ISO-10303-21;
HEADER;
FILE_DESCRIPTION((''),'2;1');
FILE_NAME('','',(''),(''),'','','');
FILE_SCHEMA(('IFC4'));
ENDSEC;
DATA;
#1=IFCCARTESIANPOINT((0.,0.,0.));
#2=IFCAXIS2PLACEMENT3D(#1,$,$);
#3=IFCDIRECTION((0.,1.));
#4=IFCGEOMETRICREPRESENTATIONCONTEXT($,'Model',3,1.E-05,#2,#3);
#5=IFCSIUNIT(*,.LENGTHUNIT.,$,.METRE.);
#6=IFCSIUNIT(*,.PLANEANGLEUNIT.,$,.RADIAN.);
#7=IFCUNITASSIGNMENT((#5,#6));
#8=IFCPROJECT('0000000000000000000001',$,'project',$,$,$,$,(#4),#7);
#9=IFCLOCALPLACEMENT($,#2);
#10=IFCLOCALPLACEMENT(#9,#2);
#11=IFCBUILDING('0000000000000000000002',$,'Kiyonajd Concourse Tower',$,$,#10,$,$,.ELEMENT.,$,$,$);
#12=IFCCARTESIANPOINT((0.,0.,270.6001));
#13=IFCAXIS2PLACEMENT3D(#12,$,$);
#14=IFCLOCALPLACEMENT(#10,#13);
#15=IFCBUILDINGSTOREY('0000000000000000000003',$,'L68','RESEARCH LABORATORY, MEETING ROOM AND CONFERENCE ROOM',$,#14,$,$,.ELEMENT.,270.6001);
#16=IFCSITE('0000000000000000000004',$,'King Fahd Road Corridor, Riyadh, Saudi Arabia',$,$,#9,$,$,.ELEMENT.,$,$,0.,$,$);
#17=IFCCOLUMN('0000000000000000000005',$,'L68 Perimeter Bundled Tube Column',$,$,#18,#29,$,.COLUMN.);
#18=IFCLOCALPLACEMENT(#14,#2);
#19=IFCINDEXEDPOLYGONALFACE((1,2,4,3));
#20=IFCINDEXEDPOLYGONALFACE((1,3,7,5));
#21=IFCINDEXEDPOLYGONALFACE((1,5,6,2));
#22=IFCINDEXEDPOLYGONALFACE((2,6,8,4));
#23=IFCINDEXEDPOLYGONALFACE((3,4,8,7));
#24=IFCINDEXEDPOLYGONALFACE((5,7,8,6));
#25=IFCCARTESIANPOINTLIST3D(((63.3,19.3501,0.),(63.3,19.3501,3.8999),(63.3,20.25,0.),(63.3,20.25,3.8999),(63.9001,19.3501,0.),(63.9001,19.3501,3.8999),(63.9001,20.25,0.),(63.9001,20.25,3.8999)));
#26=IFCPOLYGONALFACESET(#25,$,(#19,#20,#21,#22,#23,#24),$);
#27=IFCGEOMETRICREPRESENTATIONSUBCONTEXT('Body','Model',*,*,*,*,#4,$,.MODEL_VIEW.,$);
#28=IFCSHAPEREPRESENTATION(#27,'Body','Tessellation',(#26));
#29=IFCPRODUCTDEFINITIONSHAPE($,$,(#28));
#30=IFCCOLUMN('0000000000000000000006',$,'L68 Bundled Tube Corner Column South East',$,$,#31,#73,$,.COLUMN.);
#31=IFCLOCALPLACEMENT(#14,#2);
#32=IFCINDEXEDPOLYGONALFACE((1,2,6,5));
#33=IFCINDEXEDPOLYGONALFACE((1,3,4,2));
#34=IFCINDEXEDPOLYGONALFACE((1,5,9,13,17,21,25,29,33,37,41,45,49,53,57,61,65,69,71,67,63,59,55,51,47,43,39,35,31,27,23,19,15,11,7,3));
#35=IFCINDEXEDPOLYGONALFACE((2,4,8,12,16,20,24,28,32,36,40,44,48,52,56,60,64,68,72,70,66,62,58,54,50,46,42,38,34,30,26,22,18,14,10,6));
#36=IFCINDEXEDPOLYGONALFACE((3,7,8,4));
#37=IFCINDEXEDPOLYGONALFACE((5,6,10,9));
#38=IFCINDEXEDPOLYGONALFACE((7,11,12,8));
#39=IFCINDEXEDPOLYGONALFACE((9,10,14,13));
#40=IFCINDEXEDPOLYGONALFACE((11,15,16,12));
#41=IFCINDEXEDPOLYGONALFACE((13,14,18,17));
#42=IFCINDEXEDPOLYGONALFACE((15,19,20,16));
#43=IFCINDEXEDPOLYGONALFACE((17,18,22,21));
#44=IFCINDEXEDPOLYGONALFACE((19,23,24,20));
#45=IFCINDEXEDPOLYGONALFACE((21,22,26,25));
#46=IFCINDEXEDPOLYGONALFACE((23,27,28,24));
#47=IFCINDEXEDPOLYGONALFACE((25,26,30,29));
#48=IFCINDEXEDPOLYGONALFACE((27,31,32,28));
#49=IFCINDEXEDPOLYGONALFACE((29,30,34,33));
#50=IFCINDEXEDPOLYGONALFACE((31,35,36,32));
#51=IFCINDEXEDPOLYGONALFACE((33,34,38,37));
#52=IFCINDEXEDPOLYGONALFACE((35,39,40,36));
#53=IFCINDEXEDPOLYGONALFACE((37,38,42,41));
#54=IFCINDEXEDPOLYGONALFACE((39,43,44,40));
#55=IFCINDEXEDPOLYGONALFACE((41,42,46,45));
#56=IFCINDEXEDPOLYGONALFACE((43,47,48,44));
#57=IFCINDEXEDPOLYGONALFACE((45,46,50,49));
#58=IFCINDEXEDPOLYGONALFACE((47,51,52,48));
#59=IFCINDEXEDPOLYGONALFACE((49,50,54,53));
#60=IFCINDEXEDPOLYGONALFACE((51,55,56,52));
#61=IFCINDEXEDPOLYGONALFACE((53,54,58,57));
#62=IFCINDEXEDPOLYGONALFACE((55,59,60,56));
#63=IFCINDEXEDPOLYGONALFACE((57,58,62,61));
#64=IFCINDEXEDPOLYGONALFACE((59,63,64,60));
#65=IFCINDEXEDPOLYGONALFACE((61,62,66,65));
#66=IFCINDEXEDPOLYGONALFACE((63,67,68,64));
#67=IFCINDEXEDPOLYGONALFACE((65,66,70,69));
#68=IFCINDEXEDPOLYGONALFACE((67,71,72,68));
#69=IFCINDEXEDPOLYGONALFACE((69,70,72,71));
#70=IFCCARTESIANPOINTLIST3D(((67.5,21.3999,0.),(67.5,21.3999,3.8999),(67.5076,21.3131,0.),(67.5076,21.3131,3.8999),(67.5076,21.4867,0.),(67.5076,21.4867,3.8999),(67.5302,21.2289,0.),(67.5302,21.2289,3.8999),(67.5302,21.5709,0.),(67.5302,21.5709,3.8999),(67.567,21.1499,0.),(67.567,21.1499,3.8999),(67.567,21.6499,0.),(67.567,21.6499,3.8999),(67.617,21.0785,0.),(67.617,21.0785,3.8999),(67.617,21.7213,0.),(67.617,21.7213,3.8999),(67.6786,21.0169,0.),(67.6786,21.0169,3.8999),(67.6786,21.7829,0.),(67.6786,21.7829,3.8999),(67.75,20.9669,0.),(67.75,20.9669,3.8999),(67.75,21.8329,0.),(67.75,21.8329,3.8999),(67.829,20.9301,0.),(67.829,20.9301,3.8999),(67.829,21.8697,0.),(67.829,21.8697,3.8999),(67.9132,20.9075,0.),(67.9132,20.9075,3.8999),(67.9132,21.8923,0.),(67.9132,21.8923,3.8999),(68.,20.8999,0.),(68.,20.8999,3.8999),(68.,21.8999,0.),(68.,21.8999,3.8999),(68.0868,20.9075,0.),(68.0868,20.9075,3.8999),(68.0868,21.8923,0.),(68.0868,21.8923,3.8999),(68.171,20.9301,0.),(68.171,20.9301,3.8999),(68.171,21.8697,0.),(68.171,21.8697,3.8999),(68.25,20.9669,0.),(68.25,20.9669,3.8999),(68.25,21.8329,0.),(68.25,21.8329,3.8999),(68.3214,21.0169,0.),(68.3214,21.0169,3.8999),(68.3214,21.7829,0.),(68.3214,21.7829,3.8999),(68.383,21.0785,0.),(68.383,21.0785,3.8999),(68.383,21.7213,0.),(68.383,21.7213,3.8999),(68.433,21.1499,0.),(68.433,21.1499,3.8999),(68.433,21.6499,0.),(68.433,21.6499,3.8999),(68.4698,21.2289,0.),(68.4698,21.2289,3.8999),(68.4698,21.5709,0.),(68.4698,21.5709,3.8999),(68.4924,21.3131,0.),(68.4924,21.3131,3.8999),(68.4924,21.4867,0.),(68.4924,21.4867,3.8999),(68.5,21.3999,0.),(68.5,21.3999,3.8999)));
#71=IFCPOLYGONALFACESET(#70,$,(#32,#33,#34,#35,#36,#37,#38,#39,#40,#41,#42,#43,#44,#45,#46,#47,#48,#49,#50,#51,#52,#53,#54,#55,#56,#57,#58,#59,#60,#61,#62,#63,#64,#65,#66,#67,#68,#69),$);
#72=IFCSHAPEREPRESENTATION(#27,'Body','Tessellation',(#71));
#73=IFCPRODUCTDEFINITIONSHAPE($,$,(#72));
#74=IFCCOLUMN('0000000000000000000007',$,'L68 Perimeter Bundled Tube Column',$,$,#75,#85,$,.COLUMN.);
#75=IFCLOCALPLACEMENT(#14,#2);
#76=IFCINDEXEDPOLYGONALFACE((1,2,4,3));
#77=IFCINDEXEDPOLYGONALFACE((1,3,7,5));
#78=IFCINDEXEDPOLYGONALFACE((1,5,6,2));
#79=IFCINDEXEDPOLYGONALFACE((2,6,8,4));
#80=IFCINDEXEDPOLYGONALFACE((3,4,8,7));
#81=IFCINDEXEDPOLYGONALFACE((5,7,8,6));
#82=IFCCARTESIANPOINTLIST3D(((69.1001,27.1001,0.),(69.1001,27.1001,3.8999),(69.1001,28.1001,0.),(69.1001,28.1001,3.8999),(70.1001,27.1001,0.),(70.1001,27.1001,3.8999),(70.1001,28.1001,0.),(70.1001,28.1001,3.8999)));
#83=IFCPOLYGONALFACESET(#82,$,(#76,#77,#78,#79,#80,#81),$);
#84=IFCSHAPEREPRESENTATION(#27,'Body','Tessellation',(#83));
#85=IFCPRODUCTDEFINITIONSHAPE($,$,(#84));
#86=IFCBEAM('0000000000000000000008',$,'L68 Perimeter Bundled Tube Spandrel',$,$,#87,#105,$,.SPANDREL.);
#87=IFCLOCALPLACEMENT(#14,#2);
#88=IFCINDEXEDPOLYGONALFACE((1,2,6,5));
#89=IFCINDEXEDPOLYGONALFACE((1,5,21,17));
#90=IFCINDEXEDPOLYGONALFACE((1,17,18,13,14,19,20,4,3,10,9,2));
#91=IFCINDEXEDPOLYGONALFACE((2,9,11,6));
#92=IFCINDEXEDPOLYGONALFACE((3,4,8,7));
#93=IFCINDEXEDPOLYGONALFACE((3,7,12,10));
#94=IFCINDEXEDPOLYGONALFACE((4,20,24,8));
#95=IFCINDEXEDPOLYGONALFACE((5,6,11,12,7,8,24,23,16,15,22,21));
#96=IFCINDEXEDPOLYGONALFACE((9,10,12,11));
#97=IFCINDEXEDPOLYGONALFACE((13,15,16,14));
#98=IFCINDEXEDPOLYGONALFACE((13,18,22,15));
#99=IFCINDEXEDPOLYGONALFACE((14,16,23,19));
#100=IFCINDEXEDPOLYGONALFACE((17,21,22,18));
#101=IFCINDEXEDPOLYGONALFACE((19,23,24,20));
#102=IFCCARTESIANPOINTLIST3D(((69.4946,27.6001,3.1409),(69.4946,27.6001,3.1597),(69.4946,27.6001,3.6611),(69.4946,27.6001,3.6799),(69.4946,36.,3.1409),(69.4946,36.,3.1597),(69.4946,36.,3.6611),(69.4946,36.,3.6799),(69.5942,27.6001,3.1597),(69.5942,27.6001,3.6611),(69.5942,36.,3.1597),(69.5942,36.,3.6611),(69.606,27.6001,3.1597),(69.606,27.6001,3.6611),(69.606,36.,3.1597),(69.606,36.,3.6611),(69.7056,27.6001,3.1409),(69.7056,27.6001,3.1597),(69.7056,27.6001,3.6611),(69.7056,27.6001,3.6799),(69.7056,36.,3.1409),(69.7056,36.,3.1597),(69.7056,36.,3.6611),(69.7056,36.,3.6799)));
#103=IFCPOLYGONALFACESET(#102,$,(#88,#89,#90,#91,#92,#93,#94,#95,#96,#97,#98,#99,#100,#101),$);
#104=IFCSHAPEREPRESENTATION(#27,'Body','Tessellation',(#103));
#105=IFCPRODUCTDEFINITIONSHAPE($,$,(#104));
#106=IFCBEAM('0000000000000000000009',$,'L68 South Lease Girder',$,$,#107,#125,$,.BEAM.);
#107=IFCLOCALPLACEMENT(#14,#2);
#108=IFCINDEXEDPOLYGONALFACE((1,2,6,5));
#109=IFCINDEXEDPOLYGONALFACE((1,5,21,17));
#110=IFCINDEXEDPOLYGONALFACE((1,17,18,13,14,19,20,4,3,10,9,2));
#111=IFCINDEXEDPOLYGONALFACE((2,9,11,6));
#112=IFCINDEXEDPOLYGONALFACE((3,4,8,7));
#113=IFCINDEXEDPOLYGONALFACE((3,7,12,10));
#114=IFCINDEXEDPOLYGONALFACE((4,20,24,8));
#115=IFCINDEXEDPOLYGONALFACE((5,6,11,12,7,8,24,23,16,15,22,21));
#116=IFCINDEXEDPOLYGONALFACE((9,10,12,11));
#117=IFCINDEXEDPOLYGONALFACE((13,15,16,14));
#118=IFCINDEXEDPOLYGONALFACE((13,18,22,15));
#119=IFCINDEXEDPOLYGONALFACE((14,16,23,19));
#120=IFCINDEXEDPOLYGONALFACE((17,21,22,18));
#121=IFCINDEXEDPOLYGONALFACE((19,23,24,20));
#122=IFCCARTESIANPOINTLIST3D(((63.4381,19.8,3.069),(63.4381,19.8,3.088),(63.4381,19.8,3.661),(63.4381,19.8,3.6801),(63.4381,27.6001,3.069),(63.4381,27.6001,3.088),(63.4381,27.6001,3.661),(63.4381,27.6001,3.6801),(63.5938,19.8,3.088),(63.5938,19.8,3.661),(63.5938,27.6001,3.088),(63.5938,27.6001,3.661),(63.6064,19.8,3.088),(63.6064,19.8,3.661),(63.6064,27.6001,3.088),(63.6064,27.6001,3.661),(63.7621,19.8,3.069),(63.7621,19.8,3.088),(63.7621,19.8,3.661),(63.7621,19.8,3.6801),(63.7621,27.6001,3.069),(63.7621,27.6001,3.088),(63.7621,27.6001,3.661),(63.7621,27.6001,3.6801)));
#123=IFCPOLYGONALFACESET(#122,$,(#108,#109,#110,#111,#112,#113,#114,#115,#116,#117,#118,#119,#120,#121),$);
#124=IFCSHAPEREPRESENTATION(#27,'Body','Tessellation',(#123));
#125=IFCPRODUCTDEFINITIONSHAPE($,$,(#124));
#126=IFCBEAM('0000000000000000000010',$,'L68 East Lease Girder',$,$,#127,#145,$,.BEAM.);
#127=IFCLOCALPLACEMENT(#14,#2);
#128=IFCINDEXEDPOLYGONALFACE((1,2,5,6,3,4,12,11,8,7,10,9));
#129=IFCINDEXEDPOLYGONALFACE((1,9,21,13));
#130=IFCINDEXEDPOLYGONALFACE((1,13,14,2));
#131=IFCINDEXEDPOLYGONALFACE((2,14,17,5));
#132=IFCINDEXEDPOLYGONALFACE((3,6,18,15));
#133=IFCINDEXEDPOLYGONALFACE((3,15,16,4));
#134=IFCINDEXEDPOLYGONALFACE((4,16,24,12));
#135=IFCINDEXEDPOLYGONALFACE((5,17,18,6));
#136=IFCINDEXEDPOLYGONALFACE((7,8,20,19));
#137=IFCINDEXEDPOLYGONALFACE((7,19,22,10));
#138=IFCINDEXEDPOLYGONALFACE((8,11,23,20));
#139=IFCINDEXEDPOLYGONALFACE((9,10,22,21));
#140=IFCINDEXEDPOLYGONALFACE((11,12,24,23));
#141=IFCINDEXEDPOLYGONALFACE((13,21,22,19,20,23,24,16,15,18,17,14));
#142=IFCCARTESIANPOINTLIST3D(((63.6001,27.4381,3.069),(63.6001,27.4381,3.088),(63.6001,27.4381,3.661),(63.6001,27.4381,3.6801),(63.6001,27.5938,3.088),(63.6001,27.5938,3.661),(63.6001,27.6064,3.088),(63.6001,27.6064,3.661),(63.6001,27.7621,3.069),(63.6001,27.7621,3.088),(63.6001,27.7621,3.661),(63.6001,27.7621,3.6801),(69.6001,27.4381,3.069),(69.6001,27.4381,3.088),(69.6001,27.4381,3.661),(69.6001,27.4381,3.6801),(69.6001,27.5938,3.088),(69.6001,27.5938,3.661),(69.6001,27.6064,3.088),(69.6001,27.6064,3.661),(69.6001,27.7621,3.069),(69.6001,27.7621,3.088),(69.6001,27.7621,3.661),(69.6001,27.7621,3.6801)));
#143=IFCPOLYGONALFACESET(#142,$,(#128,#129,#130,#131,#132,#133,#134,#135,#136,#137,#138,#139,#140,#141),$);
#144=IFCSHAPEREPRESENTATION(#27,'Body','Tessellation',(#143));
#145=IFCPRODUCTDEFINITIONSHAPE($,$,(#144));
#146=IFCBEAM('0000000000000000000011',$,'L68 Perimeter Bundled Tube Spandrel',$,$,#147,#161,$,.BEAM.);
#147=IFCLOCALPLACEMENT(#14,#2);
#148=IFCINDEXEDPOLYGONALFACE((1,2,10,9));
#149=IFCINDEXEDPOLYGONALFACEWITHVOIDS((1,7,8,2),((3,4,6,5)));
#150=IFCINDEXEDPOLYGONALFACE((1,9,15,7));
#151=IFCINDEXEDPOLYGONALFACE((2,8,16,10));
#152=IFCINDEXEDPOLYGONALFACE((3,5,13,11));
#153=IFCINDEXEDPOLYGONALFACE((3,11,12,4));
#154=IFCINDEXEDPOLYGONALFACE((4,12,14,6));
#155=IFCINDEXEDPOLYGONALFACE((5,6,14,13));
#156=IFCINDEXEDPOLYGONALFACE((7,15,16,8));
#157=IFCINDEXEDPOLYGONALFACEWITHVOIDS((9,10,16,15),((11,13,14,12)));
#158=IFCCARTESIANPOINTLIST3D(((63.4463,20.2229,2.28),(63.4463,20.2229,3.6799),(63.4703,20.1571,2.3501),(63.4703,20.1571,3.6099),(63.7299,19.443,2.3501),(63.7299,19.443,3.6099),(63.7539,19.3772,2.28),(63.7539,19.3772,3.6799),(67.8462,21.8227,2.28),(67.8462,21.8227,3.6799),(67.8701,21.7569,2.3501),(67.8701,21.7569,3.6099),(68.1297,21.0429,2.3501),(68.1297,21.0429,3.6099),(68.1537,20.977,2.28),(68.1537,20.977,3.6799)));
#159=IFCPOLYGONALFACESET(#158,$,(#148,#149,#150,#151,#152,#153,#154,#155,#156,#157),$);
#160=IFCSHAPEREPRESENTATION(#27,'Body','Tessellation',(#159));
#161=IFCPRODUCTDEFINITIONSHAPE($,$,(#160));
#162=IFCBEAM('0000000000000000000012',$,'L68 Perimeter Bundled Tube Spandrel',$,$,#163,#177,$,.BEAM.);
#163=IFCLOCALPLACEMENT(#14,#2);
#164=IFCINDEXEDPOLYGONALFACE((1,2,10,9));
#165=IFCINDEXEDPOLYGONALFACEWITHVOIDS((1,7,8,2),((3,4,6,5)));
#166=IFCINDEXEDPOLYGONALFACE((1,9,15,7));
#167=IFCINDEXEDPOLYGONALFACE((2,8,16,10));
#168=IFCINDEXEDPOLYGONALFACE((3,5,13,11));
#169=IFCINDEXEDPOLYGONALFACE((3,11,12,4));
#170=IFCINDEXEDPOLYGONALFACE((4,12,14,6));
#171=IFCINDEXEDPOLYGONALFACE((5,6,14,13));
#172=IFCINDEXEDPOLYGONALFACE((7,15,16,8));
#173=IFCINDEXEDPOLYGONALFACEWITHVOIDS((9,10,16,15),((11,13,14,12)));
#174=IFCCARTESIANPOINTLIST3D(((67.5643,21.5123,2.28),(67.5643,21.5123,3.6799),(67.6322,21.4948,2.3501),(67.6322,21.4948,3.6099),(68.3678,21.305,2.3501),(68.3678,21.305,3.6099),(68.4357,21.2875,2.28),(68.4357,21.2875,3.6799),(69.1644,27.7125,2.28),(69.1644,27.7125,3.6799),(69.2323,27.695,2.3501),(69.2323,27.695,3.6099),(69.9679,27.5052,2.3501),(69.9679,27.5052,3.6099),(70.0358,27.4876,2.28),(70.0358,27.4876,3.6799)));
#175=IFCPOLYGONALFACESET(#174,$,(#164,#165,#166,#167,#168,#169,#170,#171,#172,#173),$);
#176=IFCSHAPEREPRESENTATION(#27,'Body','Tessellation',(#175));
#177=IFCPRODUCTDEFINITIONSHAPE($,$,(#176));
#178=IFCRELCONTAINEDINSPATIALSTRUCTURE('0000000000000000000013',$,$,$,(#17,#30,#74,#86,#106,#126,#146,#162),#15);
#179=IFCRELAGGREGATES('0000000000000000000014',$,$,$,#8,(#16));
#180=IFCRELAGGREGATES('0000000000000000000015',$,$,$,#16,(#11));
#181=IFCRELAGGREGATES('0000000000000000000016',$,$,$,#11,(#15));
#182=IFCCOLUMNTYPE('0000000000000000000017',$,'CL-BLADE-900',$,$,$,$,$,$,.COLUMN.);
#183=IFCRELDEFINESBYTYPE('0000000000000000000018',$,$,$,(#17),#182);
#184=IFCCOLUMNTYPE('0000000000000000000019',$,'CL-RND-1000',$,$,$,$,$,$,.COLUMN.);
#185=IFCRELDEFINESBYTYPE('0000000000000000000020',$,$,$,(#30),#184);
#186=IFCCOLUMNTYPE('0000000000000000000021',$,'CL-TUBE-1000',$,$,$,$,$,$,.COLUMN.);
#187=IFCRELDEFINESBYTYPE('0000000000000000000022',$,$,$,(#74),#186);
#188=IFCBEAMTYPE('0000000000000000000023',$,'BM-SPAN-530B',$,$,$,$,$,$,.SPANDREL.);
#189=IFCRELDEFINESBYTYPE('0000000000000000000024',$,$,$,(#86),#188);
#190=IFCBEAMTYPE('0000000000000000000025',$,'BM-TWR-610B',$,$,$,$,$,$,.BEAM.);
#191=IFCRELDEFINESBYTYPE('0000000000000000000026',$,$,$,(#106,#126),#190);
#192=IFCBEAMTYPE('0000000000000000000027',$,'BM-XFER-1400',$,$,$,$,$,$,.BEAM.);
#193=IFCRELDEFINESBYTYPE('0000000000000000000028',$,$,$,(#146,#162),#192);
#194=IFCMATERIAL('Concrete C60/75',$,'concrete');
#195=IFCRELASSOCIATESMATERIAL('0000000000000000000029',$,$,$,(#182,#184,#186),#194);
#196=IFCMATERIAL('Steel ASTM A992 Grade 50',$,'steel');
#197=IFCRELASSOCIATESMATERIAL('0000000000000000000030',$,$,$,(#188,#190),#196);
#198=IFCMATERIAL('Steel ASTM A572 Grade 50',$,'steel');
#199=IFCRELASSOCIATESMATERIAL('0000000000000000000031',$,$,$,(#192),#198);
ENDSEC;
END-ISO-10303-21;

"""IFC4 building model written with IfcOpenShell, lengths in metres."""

from ifc_helpers import new_model, si_unit, direction, frame, origin, origin_2d, place, context, subcontext, project, spatial, rectangle, hollow_rectangle, circle, i_section, extrude, material, material_profile, profile_set, type_object, element, save


model = new_model("IFC4")

# Units and contexts
model_context = context("Model", 3, precision=1e-05, world=origin(), true_north=direction((0.0, 1.0)))
body_context = subcontext(model_context, "Body", "Model", "MODEL_VIEW")
ifc_project = project(units=[si_unit("LENGTHUNIT", "METRE"), si_unit("PLANEANGLEUNIT", "RADIAN")], contexts=[model_context])

# Site, building, storey
site_placement = place(None, origin())
site = spatial("IfcSite", under=ifc_project, at=site_placement, Name="King Fahd Road Corridor, Riyadh, Saudi Arabia", CompositionType="ELEMENT", RefElevation=0.0)
building_placement = place(site_placement, origin())
building = spatial("IfcBuilding", under=site, at=building_placement, Name="Kiyonajd Concourse Tower", CompositionType="ELEMENT")
storey_placement = place(building_placement, frame((0.0, 0.0, 270.6001)))
storey = spatial("IfcBuildingStorey", under=building, at=storey_placement, Name="L68", Description="RESEARCH LABORATORY, MEETING ROOM AND CONFERENCE ROOM", CompositionType="ELEMENT", Elevation=270.6001)

# Columns
ifc_material_1 = material(Name="Concrete C60/75", Category="concrete")
ifc_material_profile_1 = material_profile(ifc_material_1, rectangle(XDim=0.6001, YDim=0.8999, at=origin_2d()), Name="RC-900x600")
ifc_profile_set_1 = profile_set([ifc_material_profile_1], Name="Concrete C60/75")
column_type_1 = type_object("IfcColumnType", Name="CL-BLADE-900", PredefinedType="COLUMN", material=ifc_profile_set_1)
column_1_placement = place(storey_placement, frame((63.6001, 19.8, 0.0), z_axis=(0.0, 0.0, 1.0), x_axis=(1.0, 0.0, 0.0)))
element("IfcColumn", 1, at=column_1_placement, inside=storey, type_object=column_type_1, Name="L68 Perimeter Bundled Tube Column", PredefinedType="COLUMN", context=body_context, shape_type="SweptSolid", body=[
    extrude(rectangle(XDim=0.6001, YDim=0.8999, at=origin_2d()), origin(), (0.0, 0.0, 1.0), 3.8999),
])
ifc_material_profile_2 = material_profile(ifc_material_1, circle(Radius=0.5, at=origin_2d()), Name="RCC-D1000")
ifc_profile_set_2 = profile_set([ifc_material_profile_2], Name="Concrete C60/75")
column_type_2 = type_object("IfcColumnType", Name="CL-RND-1000", PredefinedType="COLUMN", material=ifc_profile_set_2)
column_2_placement = place(storey_placement, frame((68.0, 21.3999, 0.0), z_axis=(0.0, 0.0, 1.0), x_axis=(1.0, 0.0, 0.0)))
element("IfcColumn", 2, at=column_2_placement, inside=storey, type_object=column_type_2, Name="L68 Bundled Tube Corner Column South East", PredefinedType="COLUMN", context=body_context, shape_type="SweptSolid", body=[
    extrude(circle(Radius=0.5, at=origin_2d()), origin(), (0.0, 0.0, 1.0), 3.8999),
])
ifc_material_profile_3 = material_profile(ifc_material_1, rectangle(XDim=1.0, YDim=1.0, at=origin_2d()), Name="RC-1000x1000")
ifc_profile_set_3 = profile_set([ifc_material_profile_3], Name="Concrete C60/75")
column_type_3 = type_object("IfcColumnType", Name="CL-TUBE-1000", PredefinedType="COLUMN", material=ifc_profile_set_3)
column_3_placement = place(storey_placement, frame((69.6001, 27.6001, 0.0), z_axis=(0.0, 0.0, 1.0), x_axis=(1.0, 0.0, 0.0)))
element("IfcColumn", 3, at=column_3_placement, inside=storey, type_object=column_type_3, Name="L68 Perimeter Bundled Tube Column", PredefinedType="COLUMN", context=body_context, shape_type="SweptSolid", body=[
    extrude(rectangle(XDim=1.0, YDim=1.0, at=origin_2d()), origin(), (0.0, 0.0, 1.0), 3.8999),
])

# Beams
ifc_material_2 = material(Name="Steel ASTM A992 Grade 50", Category="steel")
ifc_material_profile_4 = material_profile(ifc_material_2, i_section(OverallWidth=0.2109, OverallDepth=0.5391, WebThickness=0.0117, FlangeThickness=0.0188, at=origin_2d()), Name="W530X109")
ifc_profile_set_4 = profile_set([ifc_material_profile_4], Name="Steel ASTM A992 Grade 50")
beam_type_1 = type_object("IfcBeamType", Name="BM-SPAN-530B", PredefinedType="SPANDREL", material=ifc_profile_set_4)
beam_1_placement = place(storey_placement, frame((69.6001, 27.6001, 3.4104), z_axis=(0.0, 1.0, 0.0), x_axis=(-1.0, 0.0, 0.0)))
element("IfcBeam", 4, at=beam_1_placement, inside=storey, type_object=beam_type_1, Name="L68 Perimeter Bundled Tube Spandrel", PredefinedType="SPANDREL", context=body_context, shape_type="SweptSolid", body=[
    extrude(i_section(OverallWidth=0.2109, OverallDepth=0.5391, WebThickness=0.0117, FlangeThickness=0.0188, at=origin_2d()), origin(), (0.0, 0.0, 1.0), 8.3999),
])
ifc_material_profile_5 = material_profile(ifc_material_2, i_section(OverallWidth=0.324, OverallDepth=0.6111, WebThickness=0.0127, FlangeThickness=0.019, at=origin_2d()), Name="W610X155")
ifc_profile_set_5 = profile_set([ifc_material_profile_5], Name="Steel ASTM A992 Grade 50")
beam_type_2 = type_object("IfcBeamType", Name="BM-TWR-610B", PredefinedType="BEAM", material=ifc_profile_set_5)
beam_2_placement = place(storey_placement, frame((63.6001, 19.8, 3.3745), z_axis=(0.0, 1.0, 0.0), x_axis=(-1.0, 0.0, 0.0)))
element("IfcBeam", 5, at=beam_2_placement, inside=storey, type_object=beam_type_2, Name="L68 South Lease Girder", PredefinedType="BEAM", context=body_context, shape_type="SweptSolid", body=[
    extrude(i_section(OverallWidth=0.324, OverallDepth=0.6111, WebThickness=0.0127, FlangeThickness=0.019, at=origin_2d()), origin(), (0.0, 0.0, 1.0), 7.8),
])
beam_3_placement = place(storey_placement, frame((63.6001, 27.6001, 3.3745), z_axis=(1.0, 0.0, 0.0), x_axis=(0.0, 1.0, 0.0)))
element("IfcBeam", 6, at=beam_3_placement, inside=storey, type_object=beam_type_2, Name="L68 East Lease Girder", PredefinedType="BEAM", context=body_context, shape_type="SweptSolid", body=[
    extrude(i_section(OverallWidth=0.324, OverallDepth=0.6111, WebThickness=0.0127, FlangeThickness=0.019, at=origin_2d()), origin(), (0.0, 0.0, 1.0), 6.0),
])
ifc_material_3 = material(Name="Steel ASTM A572 Grade 50", Category="steel")
ifc_material_profile_6 = material_profile(ifc_material_3, hollow_rectangle(XDim=0.8999, YDim=1.3999, WallThickness=0.0701, at=origin_2d()), Name="BOX-1400x900x70")
ifc_profile_set_6 = profile_set([ifc_material_profile_6], Name="Steel ASTM A572 Grade 50")
beam_type_3 = type_object("IfcBeamType", Name="BM-XFER-1400", PredefinedType="BEAM", material=ifc_profile_set_6)
beam_4_placement = place(storey_placement, frame((63.6001, 19.8, 2.98), z_axis=(0.939801, 0.341722, 0.0), x_axis=(-0.341722, 0.939801, 0.0)))
element("IfcBeam", 7, at=beam_4_placement, inside=storey, type_object=beam_type_3, Name="L68 Perimeter Bundled Tube Spandrel", PredefinedType="BEAM", context=body_context, shape_type="SweptSolid", body=[
    extrude(hollow_rectangle(XDim=0.8999, YDim=1.3999, WallThickness=0.0701, at=origin_2d()), origin(), (0.0, 0.0, 1.0), 4.6816),
])
beam_5_placement = place(storey_placement, frame((68.0, 21.3999, 2.98), z_axis=(0.249885, 0.968276, 0.0), x_axis=(-0.968276, 0.249885, 0.0)))
element("IfcBeam", 8, at=beam_5_placement, inside=storey, type_object=beam_type_3, Name="L68 Perimeter Bundled Tube Spandrel", PredefinedType="BEAM", context=body_context, shape_type="SweptSolid", body=[
    extrude(hollow_rectangle(XDim=0.8999, YDim=1.3999, WallThickness=0.0701, at=origin_2d()), origin(), (0.0, 0.0, 1.0), 6.4033),
])

save(model, "model.ifc")
